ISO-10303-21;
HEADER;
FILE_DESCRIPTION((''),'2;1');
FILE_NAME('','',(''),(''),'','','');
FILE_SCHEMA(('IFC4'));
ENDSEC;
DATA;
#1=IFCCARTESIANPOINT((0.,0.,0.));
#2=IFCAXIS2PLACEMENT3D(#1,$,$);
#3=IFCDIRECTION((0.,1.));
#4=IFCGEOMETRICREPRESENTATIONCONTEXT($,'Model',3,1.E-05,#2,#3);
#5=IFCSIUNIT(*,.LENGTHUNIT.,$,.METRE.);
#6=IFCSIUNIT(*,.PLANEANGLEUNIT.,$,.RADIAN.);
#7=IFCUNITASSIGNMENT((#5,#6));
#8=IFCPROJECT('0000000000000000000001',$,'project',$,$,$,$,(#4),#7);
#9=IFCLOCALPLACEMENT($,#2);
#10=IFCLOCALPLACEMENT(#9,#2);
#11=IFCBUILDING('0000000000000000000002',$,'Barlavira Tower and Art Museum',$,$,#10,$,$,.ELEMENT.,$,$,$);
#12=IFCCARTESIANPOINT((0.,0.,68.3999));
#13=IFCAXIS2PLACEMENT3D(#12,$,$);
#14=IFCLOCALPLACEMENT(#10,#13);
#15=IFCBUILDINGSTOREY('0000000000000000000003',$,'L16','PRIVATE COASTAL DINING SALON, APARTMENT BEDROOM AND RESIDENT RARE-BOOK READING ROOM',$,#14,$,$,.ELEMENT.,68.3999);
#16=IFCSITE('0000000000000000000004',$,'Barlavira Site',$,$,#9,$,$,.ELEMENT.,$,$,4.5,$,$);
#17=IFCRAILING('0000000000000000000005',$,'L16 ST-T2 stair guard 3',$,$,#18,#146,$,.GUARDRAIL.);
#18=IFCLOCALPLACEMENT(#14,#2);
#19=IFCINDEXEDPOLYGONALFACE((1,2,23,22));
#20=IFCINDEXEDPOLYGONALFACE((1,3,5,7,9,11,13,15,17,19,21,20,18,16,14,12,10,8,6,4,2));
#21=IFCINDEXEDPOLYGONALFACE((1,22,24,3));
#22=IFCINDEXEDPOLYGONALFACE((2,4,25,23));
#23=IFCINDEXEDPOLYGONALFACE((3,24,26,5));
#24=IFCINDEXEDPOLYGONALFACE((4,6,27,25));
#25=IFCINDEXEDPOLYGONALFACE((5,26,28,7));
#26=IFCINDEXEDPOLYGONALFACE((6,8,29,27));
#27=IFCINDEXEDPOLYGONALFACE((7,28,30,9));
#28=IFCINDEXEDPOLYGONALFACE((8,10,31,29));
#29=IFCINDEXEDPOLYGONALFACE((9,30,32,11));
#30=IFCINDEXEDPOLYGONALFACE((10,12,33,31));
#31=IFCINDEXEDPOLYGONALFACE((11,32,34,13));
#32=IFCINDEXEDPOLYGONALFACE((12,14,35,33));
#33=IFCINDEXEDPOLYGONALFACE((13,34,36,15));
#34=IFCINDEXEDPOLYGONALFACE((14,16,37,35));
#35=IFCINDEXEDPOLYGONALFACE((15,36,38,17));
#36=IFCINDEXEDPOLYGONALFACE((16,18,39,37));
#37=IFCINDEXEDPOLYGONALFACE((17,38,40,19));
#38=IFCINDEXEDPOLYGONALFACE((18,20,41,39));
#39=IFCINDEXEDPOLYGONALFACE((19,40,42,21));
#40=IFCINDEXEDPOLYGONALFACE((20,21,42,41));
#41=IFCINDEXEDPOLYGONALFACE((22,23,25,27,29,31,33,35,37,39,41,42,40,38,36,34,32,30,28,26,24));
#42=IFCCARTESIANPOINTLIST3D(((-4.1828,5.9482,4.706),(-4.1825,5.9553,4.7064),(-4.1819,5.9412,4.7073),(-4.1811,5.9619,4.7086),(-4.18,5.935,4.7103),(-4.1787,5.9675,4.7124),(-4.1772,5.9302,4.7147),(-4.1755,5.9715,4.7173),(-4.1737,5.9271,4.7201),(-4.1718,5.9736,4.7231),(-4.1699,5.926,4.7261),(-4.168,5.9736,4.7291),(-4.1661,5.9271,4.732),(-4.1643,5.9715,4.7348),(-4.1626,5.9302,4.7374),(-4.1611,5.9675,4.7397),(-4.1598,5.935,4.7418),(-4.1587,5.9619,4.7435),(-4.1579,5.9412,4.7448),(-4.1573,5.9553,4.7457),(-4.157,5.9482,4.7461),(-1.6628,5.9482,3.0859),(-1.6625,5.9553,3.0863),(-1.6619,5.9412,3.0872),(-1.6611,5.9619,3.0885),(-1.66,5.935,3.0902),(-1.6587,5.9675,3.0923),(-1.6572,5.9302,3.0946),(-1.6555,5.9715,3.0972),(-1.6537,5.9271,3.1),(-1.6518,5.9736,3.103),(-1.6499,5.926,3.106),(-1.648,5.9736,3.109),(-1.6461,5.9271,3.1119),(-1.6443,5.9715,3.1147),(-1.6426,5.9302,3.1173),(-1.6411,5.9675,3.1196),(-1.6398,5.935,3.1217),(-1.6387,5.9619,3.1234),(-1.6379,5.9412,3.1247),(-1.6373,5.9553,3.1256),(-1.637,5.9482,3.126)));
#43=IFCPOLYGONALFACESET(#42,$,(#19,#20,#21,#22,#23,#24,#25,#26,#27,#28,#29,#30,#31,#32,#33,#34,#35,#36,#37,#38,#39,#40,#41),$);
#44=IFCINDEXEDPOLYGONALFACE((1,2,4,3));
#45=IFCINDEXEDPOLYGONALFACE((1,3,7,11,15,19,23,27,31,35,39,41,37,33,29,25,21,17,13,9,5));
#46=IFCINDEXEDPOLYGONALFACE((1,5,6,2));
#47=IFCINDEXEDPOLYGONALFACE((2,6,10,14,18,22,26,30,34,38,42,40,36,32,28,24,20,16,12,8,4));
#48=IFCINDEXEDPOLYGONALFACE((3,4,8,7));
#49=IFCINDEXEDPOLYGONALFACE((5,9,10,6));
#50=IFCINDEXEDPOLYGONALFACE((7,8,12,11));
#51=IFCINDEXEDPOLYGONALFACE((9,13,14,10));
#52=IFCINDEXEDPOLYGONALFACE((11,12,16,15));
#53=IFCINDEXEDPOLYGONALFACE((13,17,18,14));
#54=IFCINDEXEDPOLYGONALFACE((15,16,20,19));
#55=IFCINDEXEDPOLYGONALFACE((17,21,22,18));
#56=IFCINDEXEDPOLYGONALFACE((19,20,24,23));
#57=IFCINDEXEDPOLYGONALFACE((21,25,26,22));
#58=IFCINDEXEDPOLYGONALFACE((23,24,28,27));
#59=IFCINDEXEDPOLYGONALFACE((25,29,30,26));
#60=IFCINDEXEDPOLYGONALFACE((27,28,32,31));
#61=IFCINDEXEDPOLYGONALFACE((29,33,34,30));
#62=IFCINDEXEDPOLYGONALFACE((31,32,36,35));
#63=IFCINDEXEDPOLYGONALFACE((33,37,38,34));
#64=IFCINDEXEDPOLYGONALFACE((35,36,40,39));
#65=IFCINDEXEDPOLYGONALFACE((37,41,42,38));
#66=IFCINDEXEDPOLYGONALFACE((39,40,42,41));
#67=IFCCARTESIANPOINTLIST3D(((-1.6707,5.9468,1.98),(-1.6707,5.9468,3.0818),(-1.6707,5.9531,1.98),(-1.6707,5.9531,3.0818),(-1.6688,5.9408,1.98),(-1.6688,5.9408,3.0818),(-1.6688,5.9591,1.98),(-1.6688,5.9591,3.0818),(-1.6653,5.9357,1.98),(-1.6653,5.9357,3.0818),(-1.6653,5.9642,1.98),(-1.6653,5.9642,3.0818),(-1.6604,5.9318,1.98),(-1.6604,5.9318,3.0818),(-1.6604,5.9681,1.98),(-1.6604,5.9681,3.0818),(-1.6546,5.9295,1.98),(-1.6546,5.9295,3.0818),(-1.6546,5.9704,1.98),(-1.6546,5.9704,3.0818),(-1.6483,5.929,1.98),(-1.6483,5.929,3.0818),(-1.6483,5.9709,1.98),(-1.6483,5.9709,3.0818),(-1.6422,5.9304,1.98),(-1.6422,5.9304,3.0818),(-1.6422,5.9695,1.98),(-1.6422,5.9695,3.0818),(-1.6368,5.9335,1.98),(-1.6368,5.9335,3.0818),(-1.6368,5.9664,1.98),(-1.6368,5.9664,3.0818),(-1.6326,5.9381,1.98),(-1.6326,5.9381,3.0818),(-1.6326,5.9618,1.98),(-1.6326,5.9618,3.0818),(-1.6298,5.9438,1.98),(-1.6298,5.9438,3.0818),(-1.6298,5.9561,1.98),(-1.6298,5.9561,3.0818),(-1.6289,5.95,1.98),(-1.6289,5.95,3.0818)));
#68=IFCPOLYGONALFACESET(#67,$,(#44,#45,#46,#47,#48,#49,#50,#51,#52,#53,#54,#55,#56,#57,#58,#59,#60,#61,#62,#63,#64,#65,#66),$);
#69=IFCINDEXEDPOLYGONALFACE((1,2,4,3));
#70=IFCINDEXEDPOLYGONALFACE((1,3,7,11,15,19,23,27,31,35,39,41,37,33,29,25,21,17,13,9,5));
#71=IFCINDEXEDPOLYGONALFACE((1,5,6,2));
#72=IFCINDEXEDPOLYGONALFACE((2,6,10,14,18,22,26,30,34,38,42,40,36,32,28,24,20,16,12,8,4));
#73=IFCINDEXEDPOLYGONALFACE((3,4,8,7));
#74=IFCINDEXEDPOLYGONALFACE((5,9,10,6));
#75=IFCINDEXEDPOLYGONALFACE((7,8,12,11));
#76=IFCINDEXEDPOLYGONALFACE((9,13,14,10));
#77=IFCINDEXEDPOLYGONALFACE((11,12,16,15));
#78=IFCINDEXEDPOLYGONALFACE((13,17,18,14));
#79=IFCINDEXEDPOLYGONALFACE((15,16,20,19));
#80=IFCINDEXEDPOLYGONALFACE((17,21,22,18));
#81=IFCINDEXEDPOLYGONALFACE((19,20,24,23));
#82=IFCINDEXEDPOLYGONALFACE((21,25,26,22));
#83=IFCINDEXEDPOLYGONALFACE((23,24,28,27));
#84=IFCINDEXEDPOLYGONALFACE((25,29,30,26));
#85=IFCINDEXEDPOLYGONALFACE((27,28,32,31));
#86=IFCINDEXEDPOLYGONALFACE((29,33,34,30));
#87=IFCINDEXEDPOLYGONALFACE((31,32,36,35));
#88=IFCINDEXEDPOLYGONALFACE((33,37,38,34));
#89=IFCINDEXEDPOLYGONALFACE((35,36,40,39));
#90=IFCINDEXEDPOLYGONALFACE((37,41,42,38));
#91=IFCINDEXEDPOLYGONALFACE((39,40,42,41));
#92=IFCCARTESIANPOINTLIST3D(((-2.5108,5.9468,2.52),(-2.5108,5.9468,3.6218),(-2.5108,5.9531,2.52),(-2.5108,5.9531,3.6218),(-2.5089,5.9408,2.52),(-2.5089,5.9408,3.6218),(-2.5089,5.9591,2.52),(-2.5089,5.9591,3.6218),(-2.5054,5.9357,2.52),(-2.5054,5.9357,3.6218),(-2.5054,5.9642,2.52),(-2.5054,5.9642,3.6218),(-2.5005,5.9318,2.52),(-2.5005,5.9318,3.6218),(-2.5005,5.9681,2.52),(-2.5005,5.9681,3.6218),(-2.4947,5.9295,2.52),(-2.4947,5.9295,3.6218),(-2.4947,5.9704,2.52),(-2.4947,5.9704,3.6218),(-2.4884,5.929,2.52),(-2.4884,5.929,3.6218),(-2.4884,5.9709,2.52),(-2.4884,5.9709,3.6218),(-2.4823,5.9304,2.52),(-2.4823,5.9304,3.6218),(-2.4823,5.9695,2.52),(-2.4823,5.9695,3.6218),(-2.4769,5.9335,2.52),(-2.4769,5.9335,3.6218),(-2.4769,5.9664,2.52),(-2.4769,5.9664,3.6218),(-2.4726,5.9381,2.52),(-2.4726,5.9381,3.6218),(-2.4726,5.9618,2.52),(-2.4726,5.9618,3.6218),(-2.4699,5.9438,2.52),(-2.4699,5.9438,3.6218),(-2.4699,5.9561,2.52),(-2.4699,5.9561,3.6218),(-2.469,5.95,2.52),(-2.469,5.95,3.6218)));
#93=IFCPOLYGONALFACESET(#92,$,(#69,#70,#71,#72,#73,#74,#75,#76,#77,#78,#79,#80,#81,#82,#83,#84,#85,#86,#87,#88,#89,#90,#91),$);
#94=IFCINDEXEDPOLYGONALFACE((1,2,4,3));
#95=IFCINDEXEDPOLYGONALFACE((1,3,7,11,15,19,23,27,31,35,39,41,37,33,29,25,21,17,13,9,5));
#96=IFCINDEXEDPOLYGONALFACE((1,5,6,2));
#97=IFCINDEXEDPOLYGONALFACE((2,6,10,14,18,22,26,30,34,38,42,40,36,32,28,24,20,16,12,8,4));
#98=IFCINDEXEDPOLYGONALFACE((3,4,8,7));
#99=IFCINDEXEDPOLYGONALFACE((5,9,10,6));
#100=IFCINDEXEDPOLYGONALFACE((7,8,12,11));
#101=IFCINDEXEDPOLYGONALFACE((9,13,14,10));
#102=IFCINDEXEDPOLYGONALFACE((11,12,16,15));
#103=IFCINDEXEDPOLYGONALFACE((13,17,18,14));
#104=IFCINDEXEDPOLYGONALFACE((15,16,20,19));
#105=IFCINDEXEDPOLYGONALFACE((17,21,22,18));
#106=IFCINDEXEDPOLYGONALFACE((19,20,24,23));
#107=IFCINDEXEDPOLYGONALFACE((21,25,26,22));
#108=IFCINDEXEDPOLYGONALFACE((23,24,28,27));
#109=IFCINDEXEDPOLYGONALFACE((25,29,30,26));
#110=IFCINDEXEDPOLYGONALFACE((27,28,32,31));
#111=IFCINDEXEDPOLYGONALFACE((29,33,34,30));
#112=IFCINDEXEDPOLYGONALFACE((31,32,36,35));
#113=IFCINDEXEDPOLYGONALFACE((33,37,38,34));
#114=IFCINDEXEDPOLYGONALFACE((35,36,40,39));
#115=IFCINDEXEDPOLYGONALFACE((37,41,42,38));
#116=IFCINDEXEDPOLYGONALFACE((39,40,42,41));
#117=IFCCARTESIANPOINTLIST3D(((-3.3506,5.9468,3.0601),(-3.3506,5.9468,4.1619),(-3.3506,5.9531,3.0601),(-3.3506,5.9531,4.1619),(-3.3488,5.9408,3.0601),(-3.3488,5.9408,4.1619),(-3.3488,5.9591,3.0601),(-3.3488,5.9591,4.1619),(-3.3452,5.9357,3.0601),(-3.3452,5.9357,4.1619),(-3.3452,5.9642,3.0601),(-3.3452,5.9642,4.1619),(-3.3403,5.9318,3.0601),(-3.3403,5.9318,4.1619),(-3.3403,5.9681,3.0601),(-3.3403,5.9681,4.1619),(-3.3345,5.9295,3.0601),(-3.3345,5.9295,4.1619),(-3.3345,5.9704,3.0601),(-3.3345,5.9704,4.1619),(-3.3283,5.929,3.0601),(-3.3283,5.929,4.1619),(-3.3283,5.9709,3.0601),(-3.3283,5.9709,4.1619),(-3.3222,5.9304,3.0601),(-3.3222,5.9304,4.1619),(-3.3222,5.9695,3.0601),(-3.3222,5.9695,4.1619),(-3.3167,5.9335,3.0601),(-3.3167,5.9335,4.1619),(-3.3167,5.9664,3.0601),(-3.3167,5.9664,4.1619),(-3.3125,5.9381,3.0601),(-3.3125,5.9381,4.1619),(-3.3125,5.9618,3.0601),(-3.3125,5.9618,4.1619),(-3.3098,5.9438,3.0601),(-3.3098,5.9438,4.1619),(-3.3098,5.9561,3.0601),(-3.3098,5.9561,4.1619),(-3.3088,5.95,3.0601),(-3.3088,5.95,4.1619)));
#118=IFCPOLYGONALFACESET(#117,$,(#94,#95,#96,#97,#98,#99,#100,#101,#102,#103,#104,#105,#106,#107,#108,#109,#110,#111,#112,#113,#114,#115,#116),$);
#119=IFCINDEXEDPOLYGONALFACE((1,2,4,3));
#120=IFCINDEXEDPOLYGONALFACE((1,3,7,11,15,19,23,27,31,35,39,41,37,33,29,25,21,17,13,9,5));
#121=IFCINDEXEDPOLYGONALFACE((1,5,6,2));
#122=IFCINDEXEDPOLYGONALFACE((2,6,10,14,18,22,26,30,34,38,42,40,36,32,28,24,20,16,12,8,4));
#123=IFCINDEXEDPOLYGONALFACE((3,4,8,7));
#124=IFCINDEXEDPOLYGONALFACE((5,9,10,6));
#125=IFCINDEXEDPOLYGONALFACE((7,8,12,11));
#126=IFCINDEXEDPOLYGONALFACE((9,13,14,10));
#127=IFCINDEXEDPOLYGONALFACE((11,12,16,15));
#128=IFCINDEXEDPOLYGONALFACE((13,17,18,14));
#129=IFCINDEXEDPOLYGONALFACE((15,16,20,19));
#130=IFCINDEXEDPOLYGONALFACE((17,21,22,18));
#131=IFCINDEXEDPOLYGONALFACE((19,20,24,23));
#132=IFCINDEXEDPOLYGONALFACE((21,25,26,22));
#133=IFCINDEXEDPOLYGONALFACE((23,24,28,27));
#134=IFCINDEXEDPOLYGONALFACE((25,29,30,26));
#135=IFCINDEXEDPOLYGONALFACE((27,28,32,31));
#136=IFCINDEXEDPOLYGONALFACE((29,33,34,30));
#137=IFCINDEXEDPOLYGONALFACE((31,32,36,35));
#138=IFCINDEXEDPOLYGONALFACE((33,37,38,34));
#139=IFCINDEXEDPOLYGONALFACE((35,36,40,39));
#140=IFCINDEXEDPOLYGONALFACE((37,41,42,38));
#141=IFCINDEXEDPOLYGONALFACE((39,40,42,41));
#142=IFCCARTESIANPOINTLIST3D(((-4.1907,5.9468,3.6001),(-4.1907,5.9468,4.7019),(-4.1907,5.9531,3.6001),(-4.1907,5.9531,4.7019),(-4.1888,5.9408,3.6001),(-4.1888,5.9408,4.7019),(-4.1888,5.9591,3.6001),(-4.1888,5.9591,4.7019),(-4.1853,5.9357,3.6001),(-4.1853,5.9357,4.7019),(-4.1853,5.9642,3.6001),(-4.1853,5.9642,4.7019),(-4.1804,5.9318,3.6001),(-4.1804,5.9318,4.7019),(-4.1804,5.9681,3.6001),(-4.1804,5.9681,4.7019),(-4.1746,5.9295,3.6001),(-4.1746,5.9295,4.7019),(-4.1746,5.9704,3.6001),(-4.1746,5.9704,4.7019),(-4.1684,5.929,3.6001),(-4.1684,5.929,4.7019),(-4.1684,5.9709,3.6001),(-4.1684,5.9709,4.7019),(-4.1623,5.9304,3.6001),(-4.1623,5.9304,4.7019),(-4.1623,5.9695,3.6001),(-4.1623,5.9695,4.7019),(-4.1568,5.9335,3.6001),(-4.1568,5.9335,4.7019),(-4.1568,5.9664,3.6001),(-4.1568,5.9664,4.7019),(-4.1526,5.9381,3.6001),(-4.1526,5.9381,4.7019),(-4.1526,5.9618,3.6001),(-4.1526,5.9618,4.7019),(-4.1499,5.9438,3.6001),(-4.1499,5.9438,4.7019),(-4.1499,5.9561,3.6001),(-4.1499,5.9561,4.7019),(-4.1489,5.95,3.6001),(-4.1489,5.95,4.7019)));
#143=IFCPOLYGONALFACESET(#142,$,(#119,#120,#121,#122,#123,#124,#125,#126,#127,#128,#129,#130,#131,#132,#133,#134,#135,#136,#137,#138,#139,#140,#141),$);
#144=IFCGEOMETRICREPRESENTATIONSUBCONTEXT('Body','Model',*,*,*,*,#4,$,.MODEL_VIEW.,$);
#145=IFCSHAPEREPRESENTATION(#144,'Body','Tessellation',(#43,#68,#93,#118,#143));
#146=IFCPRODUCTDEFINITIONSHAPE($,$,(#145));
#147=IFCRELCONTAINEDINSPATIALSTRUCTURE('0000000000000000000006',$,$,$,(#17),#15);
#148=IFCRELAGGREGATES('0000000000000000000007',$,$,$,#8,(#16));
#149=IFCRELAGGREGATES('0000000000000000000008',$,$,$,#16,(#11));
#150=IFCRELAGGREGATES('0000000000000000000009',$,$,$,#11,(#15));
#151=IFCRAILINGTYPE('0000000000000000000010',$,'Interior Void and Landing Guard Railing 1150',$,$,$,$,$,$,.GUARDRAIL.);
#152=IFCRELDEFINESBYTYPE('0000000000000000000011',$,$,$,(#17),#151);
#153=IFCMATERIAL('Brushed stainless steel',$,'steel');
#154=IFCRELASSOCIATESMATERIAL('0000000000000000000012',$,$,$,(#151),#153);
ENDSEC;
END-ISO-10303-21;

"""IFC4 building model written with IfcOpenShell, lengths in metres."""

from ifc_helpers import new_model, si_unit, direction, frame, origin, origin_2d, place, context, subcontext, project, spatial, circle, extrude, material, type_object, element, save


model = new_model("IFC4")

# Units and contexts
model_context = context("Model", 3, precision=1e-05, world=origin(), true_north=direction((0.0, 1.0)))
body_context = subcontext(model_context, "Body", "Model", "MODEL_VIEW")
ifc_project = project(units=[si_unit("LENGTHUNIT", "METRE"), si_unit("PLANEANGLEUNIT", "RADIAN")], contexts=[model_context])

# Site, building, storey
site_placement = place(None, origin())
site = spatial("IfcSite", under=ifc_project, at=site_placement, Name="Barlavira Site", CompositionType="ELEMENT", RefElevation=4.5)
building_placement = place(site_placement, origin())
building = spatial("IfcBuilding", under=site, at=building_placement, Name="Barlavira Tower and Art Museum", CompositionType="ELEMENT")
storey_placement = place(building_placement, frame((0.0, 0.0, 68.3999)))
storey = spatial("IfcBuildingStorey", under=building, at=storey_placement, Name="L16", Description="PRIVATE COASTAL DINING SALON, APARTMENT BEDROOM AND RESIDENT RARE-BOOK READING ROOM", CompositionType="ELEMENT", Elevation=68.3999)

# Shared definitions
ifc_material_1 = material(Name="Brushed stainless steel", Category="steel")

# Railing
railing_type_1 = type_object("IfcRailingType", Name="Interior Void and Landing Guard Railing 1150", PredefinedType="GUARDRAIL", material=ifc_material_1)
railing_1_placement = place(storey_placement, frame((-1.6499, 5.95, 1.98)))
element("IfcRailing", 1, at=railing_1_placement, inside=storey, type_object=railing_type_1, Name="L16 ST-T2 stair guard 3", PredefinedType="GUARDRAIL", context=body_context, shape_type="SweptSolid", body=[
    extrude(circle(Radius=0.0239, at=origin_2d()), frame((0.0, 0.0, 1.126), z_axis=(-0.841163, 0.0, 0.540782), x_axis=(0.0, -1.0, 0.0)), (0.0, 0.0, 1.0), 2.9958),
    extrude(circle(Radius=0.021, at=origin_2d()), origin(), (0.0, 0.0, 1.0), 1.1018),
    extrude(circle(Radius=0.021, at=origin_2d()), frame((-0.8401, 0.0, 0.54)), (0.0, 0.0, 1.0), 1.1018),
    extrude(circle(Radius=0.021, at=origin_2d()), frame((-1.6799, 0.0, 1.0801)), (0.0, 0.0, 1.0), 1.1018),
    extrude(circle(Radius=0.021, at=origin_2d()), frame((-2.52, 0.0, 1.6201)), (0.0, 0.0, 1.0), 1.1018),
])

save(model, "model.ifc")
